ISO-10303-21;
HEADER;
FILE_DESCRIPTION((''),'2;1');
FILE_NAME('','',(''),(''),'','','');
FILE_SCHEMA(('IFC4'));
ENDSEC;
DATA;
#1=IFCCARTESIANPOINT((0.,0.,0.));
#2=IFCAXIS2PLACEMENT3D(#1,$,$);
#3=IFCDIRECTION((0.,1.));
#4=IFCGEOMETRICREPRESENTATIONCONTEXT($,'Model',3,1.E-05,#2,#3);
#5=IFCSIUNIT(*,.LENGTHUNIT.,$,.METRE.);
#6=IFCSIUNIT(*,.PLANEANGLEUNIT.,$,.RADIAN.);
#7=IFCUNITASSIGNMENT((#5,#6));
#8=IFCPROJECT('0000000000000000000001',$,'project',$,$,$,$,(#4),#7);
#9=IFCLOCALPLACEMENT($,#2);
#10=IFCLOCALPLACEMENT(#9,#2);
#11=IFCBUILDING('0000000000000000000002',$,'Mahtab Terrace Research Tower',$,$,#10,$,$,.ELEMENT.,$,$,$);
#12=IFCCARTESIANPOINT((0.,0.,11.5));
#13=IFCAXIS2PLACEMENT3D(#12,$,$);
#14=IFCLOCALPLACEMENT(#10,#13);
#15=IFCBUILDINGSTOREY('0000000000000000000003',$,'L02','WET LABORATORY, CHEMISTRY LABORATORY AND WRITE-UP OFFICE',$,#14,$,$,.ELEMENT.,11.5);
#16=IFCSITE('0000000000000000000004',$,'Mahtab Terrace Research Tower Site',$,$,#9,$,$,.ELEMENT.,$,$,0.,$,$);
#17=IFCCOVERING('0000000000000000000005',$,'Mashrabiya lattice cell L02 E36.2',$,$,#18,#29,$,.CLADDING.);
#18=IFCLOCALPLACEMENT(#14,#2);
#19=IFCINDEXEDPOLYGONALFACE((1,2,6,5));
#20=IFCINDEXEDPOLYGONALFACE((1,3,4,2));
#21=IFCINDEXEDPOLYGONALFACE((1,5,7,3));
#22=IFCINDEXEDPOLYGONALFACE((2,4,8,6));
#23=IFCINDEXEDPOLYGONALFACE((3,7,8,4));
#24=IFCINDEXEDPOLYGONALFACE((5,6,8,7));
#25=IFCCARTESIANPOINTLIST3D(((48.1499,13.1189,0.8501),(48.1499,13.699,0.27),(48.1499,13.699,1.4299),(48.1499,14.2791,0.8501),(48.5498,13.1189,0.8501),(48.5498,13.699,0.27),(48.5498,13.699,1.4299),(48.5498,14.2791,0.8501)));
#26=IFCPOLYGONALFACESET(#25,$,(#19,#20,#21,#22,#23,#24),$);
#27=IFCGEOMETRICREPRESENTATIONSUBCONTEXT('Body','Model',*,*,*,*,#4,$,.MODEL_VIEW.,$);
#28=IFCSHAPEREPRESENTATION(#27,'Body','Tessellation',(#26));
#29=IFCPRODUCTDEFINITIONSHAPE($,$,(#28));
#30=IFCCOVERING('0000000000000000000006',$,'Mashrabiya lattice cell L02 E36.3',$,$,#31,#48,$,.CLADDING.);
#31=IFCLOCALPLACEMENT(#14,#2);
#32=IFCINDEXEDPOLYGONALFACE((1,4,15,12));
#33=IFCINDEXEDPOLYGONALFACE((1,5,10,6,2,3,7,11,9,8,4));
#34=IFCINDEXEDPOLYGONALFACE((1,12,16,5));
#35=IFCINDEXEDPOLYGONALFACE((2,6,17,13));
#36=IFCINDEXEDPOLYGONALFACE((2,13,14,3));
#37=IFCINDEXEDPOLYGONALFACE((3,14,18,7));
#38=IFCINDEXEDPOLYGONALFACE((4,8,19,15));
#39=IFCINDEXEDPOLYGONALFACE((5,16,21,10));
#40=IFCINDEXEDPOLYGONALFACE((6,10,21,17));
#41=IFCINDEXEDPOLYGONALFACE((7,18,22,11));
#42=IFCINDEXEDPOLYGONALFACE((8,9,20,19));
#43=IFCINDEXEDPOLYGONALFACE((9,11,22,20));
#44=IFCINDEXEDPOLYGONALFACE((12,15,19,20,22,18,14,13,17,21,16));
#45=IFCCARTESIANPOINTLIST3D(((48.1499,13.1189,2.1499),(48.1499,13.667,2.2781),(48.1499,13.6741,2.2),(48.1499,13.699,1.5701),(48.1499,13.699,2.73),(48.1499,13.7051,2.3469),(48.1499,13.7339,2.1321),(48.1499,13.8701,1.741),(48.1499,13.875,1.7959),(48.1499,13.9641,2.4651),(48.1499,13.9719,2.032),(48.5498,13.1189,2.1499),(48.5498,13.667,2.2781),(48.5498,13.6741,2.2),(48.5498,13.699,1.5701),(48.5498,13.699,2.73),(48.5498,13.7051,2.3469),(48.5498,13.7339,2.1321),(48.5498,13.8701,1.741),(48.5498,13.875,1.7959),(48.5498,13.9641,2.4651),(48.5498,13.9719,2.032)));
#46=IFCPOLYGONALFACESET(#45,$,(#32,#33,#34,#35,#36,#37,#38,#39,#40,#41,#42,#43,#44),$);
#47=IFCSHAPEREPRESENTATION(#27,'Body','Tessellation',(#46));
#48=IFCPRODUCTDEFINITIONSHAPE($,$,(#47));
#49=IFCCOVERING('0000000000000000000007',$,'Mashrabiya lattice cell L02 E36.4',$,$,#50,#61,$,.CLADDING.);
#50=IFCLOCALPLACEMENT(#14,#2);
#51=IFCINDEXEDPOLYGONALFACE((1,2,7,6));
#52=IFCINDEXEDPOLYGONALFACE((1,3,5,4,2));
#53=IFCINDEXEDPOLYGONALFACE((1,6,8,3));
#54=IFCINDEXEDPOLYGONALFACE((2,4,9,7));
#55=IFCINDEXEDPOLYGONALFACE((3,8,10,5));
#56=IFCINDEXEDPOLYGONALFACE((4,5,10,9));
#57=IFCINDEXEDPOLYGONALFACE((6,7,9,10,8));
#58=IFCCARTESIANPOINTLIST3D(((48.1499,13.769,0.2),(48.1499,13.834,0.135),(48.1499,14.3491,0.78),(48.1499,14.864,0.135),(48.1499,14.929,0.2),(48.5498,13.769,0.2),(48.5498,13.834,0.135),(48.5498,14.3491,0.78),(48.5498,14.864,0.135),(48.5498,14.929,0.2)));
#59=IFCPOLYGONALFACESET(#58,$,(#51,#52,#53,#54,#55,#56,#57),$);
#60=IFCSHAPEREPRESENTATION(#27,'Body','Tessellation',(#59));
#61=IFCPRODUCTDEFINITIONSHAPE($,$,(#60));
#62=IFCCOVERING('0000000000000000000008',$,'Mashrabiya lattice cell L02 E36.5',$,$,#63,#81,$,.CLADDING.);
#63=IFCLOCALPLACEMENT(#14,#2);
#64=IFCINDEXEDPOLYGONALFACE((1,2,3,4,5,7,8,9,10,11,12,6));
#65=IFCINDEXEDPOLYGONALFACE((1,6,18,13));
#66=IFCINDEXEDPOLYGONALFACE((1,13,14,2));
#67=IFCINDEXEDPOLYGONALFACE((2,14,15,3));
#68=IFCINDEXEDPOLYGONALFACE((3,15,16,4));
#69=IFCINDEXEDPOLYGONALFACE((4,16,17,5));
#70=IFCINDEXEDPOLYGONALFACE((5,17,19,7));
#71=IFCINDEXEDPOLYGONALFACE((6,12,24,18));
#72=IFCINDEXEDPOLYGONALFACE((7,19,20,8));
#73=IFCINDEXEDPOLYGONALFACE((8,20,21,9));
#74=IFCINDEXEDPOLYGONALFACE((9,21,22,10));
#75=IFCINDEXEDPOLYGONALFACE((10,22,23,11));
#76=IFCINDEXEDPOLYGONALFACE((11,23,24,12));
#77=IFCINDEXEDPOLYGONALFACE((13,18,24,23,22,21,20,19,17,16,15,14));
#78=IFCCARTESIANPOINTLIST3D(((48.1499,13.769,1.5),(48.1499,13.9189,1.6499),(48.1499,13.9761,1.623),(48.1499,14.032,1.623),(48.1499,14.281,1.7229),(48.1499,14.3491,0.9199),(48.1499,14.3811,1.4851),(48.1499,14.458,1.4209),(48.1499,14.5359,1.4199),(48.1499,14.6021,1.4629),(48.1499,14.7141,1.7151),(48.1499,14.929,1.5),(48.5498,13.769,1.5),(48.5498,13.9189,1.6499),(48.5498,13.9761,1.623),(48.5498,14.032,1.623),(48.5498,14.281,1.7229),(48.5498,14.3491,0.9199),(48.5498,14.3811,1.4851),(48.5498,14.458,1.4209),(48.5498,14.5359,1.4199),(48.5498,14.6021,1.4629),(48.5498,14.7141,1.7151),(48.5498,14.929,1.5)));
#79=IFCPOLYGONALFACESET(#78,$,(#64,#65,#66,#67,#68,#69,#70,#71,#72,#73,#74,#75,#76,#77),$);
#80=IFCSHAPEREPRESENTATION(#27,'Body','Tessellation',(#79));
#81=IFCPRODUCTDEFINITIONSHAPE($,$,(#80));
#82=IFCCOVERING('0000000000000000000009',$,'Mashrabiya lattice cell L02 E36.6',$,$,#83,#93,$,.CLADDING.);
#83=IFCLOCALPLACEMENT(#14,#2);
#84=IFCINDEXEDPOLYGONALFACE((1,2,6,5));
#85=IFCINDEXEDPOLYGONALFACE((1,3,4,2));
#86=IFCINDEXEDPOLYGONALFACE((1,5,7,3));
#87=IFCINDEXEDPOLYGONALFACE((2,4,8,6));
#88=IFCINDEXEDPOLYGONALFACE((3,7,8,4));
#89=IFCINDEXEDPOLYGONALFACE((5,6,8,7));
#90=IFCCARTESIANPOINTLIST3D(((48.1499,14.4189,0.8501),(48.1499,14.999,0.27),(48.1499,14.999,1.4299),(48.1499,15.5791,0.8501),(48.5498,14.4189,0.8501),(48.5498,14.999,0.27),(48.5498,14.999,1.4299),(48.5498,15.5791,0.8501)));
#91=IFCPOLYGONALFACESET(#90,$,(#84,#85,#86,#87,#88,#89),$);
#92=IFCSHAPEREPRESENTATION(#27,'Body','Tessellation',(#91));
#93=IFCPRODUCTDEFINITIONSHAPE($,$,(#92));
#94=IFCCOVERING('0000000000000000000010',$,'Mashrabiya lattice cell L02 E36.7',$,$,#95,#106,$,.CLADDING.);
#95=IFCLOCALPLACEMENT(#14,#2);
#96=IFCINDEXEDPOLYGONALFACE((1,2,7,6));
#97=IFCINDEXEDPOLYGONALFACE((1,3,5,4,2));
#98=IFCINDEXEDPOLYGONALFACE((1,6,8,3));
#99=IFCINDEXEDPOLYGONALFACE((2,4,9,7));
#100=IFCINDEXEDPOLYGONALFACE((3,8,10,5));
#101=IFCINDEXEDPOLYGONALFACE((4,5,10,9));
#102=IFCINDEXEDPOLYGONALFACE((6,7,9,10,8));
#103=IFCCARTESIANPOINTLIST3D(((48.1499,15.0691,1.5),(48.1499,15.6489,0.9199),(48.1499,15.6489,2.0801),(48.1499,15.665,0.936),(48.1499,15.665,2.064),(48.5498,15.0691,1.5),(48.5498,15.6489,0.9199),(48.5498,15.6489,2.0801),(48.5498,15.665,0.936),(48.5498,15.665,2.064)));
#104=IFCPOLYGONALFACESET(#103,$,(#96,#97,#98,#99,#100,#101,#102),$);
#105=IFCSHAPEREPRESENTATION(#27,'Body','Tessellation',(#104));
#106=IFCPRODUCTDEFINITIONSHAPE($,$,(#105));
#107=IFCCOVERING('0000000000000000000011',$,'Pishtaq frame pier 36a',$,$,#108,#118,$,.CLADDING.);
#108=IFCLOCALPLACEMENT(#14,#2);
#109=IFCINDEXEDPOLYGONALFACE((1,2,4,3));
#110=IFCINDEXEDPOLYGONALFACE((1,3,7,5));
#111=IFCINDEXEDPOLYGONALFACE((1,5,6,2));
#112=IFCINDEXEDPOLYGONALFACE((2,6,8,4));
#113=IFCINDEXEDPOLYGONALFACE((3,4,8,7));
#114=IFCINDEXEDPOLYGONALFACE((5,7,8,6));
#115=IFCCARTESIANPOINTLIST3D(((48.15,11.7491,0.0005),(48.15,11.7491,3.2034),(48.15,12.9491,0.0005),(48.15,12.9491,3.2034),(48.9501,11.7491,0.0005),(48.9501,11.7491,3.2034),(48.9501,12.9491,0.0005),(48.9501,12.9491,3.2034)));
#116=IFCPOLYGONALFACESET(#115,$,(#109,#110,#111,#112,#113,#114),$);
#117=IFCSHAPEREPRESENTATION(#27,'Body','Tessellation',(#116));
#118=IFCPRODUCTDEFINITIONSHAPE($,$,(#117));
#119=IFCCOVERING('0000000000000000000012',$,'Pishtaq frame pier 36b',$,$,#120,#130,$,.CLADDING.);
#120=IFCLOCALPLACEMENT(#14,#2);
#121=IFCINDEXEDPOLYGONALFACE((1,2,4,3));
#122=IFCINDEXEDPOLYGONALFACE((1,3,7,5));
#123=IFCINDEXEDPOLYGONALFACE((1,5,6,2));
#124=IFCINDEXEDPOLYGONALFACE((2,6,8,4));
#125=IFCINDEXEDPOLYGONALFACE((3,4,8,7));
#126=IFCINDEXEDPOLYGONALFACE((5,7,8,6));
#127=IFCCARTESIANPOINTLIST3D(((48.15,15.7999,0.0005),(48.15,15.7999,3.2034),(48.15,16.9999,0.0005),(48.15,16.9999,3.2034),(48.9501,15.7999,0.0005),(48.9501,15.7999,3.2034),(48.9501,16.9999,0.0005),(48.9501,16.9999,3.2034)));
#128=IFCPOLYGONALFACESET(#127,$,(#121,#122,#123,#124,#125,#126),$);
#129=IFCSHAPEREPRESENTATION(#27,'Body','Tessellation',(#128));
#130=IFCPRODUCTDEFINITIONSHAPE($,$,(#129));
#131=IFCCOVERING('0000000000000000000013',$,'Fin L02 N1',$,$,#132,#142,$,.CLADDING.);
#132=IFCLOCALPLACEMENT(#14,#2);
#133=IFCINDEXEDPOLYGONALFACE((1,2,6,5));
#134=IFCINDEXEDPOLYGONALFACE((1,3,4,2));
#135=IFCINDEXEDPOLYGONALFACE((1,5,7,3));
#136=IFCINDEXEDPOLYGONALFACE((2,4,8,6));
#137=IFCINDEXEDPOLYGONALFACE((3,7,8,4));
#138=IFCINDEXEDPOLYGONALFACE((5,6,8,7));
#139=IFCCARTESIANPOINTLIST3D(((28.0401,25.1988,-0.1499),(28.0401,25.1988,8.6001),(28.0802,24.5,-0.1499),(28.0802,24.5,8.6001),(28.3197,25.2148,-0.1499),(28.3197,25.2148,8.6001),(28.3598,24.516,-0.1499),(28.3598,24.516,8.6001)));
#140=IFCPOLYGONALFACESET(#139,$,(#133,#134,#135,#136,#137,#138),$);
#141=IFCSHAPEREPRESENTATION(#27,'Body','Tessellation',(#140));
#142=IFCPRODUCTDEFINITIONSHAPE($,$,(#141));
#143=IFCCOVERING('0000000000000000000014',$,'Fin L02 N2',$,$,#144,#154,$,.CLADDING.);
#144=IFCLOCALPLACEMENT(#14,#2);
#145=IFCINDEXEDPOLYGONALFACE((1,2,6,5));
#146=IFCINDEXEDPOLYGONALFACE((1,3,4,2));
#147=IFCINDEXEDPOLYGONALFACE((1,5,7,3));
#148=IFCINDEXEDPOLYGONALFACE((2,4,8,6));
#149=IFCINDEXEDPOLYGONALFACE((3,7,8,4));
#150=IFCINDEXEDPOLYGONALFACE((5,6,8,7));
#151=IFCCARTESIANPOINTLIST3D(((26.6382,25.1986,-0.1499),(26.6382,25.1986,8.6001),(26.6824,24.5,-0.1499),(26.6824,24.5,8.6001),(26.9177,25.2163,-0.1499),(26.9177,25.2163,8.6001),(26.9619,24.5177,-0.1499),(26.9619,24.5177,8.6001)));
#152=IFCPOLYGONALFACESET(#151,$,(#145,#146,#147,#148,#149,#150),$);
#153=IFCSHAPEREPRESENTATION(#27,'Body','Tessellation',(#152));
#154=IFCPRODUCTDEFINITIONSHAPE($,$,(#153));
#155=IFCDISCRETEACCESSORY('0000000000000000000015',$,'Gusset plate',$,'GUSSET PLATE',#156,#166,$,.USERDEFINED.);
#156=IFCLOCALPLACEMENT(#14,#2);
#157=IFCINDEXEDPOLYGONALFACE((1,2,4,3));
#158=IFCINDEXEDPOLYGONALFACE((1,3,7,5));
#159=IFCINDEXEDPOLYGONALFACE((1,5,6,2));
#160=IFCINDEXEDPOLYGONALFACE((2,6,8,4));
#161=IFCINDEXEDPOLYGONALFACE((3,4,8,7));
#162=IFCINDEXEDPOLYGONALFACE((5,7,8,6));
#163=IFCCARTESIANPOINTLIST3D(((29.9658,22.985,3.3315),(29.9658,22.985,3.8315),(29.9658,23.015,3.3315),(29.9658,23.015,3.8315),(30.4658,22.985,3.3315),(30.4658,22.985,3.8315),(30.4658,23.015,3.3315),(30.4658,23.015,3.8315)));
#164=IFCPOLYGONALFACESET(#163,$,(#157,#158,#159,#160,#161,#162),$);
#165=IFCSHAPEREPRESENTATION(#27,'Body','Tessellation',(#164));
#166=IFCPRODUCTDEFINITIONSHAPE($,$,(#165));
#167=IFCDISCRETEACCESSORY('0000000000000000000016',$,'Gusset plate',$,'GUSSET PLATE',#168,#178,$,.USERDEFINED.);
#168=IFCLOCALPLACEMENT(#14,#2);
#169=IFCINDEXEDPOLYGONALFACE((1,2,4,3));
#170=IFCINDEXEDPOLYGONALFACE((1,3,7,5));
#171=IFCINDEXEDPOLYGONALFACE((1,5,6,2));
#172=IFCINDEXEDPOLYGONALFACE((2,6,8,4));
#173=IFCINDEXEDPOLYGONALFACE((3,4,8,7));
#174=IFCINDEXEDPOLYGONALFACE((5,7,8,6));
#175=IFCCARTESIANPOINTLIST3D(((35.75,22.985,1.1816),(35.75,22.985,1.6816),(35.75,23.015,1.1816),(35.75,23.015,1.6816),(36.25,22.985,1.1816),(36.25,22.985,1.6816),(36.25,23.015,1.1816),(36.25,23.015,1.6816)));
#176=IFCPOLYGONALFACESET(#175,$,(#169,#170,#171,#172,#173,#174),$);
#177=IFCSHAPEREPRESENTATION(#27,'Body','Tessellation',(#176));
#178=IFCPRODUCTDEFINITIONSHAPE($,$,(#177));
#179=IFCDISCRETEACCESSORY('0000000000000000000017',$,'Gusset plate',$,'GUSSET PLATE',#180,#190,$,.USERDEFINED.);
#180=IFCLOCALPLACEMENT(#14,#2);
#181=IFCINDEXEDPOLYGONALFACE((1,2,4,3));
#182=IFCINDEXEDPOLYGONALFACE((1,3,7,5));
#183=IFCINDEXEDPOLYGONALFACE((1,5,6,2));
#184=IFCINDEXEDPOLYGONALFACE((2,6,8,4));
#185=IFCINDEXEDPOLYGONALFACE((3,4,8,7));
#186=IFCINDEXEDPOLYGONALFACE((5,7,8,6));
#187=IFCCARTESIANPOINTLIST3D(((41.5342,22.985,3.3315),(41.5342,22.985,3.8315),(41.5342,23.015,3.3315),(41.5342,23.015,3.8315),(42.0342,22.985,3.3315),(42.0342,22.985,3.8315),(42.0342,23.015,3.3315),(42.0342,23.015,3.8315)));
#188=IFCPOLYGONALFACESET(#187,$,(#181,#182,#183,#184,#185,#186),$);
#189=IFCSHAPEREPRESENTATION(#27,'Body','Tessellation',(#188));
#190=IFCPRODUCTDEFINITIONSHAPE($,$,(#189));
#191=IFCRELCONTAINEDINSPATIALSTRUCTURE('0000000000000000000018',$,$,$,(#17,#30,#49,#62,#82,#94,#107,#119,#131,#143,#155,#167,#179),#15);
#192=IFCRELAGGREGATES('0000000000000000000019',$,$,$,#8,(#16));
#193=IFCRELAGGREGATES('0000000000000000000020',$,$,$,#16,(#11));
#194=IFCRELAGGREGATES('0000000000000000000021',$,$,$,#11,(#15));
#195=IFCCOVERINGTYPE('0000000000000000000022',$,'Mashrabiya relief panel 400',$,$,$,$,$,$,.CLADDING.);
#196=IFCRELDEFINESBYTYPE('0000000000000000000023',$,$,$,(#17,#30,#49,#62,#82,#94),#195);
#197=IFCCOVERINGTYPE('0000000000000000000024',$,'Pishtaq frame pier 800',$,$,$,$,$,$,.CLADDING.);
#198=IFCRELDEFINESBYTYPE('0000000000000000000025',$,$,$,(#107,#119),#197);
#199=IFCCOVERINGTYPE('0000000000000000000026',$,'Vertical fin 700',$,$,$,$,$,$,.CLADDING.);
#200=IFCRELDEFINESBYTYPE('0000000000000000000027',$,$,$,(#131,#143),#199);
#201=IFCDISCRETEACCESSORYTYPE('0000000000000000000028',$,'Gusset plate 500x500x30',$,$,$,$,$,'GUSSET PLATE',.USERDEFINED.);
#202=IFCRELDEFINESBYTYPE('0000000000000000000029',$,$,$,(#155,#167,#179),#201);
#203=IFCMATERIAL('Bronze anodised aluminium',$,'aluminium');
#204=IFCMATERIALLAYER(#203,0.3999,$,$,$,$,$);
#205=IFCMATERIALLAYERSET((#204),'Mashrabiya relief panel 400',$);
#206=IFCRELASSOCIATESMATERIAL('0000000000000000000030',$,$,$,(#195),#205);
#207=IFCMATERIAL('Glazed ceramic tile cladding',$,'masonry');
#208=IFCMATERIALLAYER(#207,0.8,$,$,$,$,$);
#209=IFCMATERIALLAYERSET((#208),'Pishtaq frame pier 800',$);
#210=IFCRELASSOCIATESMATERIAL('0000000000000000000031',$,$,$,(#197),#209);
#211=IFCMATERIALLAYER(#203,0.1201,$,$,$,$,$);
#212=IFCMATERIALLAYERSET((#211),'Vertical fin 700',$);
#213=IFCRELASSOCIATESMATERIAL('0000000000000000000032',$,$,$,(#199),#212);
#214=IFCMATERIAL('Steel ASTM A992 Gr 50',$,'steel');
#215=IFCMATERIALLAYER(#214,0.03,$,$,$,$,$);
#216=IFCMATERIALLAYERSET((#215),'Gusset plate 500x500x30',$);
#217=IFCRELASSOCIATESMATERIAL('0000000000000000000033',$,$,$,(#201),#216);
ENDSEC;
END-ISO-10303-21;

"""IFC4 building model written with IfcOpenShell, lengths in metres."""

from ifc_helpers import new_model, si_unit, direction, frame, origin, origin_2d, place, context, subcontext, project, spatial, polyline, rectangle, outline, extrude, material, layer, layer_set, type_object, element, save


model = new_model("IFC4")

# Units and contexts
model_context = context("Model", 3, precision=1e-05, world=origin(), true_north=direction((0.0, 1.0)))
body_context = subcontext(model_context, "Body", "Model", "MODEL_VIEW")
ifc_project = project(units=[si_unit("LENGTHUNIT", "METRE"), si_unit("PLANEANGLEUNIT", "RADIAN")], contexts=[model_context])

# Site, building, storey
site_placement = place(None, origin())
site = spatial("IfcSite", under=ifc_project, at=site_placement, Name="Mahtab Terrace Research Tower Site", CompositionType="ELEMENT", RefElevation=0.0)
building_placement = place(site_placement, origin())
building = spatial("IfcBuilding", under=site, at=building_placement, Name="Mahtab Terrace Research Tower", CompositionType="ELEMENT")
storey_placement = place(building_placement, frame((0.0, 0.0, 11.5)))
storey = spatial("IfcBuildingStorey", under=building, at=storey_placement, Name="L02", Description="WET LABORATORY, CHEMISTRY LABORATORY AND WRITE-UP OFFICE", CompositionType="ELEMENT", Elevation=11.5)

# Shared definitions
ifc_material_1 = material(Name="Steel ASTM A992 Gr 50", Category="steel")

# Coverings
ifc_material_2 = material(Name="Bronze anodised aluminium", Category="aluminium")
ifc_layer_1 = layer(ifc_material_2, 0.3999)
ifc_layer_set_1 = layer_set([ifc_layer_1], Name="Mashrabiya relief panel 400")
covering_type_1 = type_object("IfcCoveringType", Name="Mashrabiya relief panel 400", PredefinedType="CLADDING", material=ifc_layer_set_1)
covering_1_placement = place(storey_placement, frame((48.1499, 13.699, 1.4299), z_axis=(-1.0, 0.0, 0.0), x_axis=(0.0, 0.707256, -0.706958)))
element("IfcCovering", 1, at=covering_1_placement, inside=storey, type_object=covering_type_1, Name="Mashrabiya lattice cell L02 E36.2", PredefinedType="CLADDING", context=body_context, shape_type="SweptSolid", body=[
    extrude(outline(polyline([(0.0, 0.0), (0.8202, 0.0), (0.82, 0.8204), (-0.0003, 0.8202), (0.0, 0.0)])), origin(), (0.0, 0.0, -1.0), 0.3999),
])
covering_2_placement = place(storey_placement, frame((48.1499, 13.699, 1.5701), z_axis=(-1.0, 0.0, 0.0), x_axis=(0.0, -0.707256, 0.706958)))
element("IfcCovering", 2, at=covering_2_placement, inside=storey, type_object=covering_type_1, Name="Mashrabiya lattice cell L02 E36.3", PredefinedType="CLADDING", context=body_context, shape_type="SweptSolid", body=[
    extrude(outline(polyline([(0.0, 0.0), (0.8202, 0.0), (0.82, 0.8204), (0.4452, 0.8204), (0.5449, 0.5538), (0.5232, 0.4781), (0.4629, 0.4279), (0.3726, 0.4222), (0.1335, 0.5197), (0.0352, 0.2842), (-0.0002, 0.2419), (0.0, 0.0)])), origin(), (0.0, 0.0, -1.0), 0.3999),
])
covering_3_placement = place(storey_placement, frame((48.1499, 13.769, 0.2), z_axis=(-1.0, 0.0, 0.0), x_axis=(0.0, 0.707107, 0.707107)))
element("IfcCovering", 3, at=covering_3_placement, inside=storey, type_object=covering_type_1, Name="Mashrabiya lattice cell L02 E36.4", PredefinedType="CLADDING", context=body_context, shape_type="SweptSolid", body=[
    extrude(outline(polyline([(0.0, 0.0), (0.8204, 0.0), (0.8202, 0.8202), (0.7283, 0.8202), (0.0, 0.0918), (0.0, 0.0)])), origin(), (0.0, 0.0, -1.0), 0.3999),
])
covering_4_placement = place(storey_placement, frame((48.1499, 14.929, 1.5), z_axis=(-1.0, 0.0, 0.0), x_axis=(0.0, -0.706958, -0.707256)))
element("IfcCovering", 4, at=covering_4_placement, inside=storey, type_object=covering_type_1, Name="Mashrabiya lattice cell L02 E36.5", PredefinedType="CLADDING", context=body_context, shape_type="SweptSolid", body=[
    extrude(outline(polyline([(0.0, 0.0), (0.8202, 0.0), (0.82, 0.8204), (0.608, 0.8203), (0.5866, 0.7609), (0.5471, 0.7214), (0.3004, 0.6158), (0.3978, 0.3769), (0.3889, 0.2772), (0.3345, 0.2214), (0.2574, 0.205), (-0.0002, 0.304), (0.0, 0.0)])), origin(), (0.0, 0.0, -1.0), 0.3999),
])
covering_5_placement = place(storey_placement, frame((48.1499, 14.999, 1.4299), z_axis=(-1.0, 0.0, 0.0), x_axis=(0.0, 0.707256, -0.706958)))
element("IfcCovering", 5, at=covering_5_placement, inside=storey, type_object=covering_type_1, Name="Mashrabiya lattice cell L02 E36.6", PredefinedType="CLADDING", context=body_context, shape_type="SweptSolid", body=[
    extrude(outline(polyline([(0.0, 0.0), (0.8202, 0.0), (0.82, 0.8204), (-0.0003, 0.8202), (0.0, 0.0)])), origin(), (0.0, 0.0, -1.0), 0.3999),
])
covering_6_placement = place(storey_placement, frame((48.1499, 15.6489, 0.9199), z_axis=(-1.0, 0.0, 0.0), x_axis=(0.0, -0.706958, 0.707256)))
element("IfcCovering", 6, at=covering_6_placement, inside=storey, type_object=covering_type_1, Name="Mashrabiya lattice cell L02 E36.7", PredefinedType="CLADDING", context=body_context, shape_type="SweptSolid", body=[
    extrude(outline(polyline([(0.0, 0.0), (0.8202, 0.0), (0.8205, 0.8202), (0.7977, 0.8202), (0.0, 0.0228), (0.0, 0.0)])), origin(), (0.0, 0.0, -1.0), 0.3999),
])
ifc_material_3 = material(Name="Glazed ceramic tile cladding", Category="masonry")
ifc_layer_2 = layer(ifc_material_3, 0.8)
ifc_layer_set_2 = layer_set([ifc_layer_2], Name="Pishtaq frame pier 800")
covering_type_2 = type_object("IfcCoveringType", Name="Pishtaq frame pier 800", PredefinedType="CLADDING", material=ifc_layer_set_2)
for number, where, z_axis, x_axis, name in (
    (7, (48.55, 12.3491, 0.0005), (0.0, 0.0, 1.0), (0.0, 1.0, 0.0), "Pishtaq frame pier 36a"),
    (8, (48.55, 16.3999, 0.0005), (0.0, 0.0, 1.0), (0.0, 1.0, 0.0), "Pishtaq frame pier 36b"),
):
    element("IfcCovering", number, at=place(storey_placement, frame(where, z_axis=z_axis, x_axis=x_axis)), inside=storey, type_object=covering_type_2, Name=name, PredefinedType="CLADDING", context=body_context, shape_type="SweptSolid", body=[
        extrude(rectangle(XDim=1.2, YDim=0.8, at=origin_2d()), origin(), (0.0, 0.0, 1.0), 3.2029),
    ])
ifc_layer_3 = layer(ifc_material_2, 0.1201)
ifc_layer_set_3 = layer_set([ifc_layer_3], Name="Vertical fin 700")
covering_type_3 = type_object("IfcCoveringType", Name="Vertical fin 700", PredefinedType="CLADDING", material=ifc_layer_set_3)
for number, where, z_axis, x_axis, name in (
    (9, (28.2, 24.8574, -0.1499), (0.0, 0.0, 1.0), (-0.998356, -0.057315, 0.0), "Fin L02 N1"),
    (10, (26.8, 24.8582, -0.1499), (0.0, 0.0, 1.0), (-0.998006, -0.063122, 0.0), "Fin L02 N2"),
):
    element("IfcCovering", number, at=place(storey_placement, frame(where, z_axis=z_axis, x_axis=x_axis)), inside=storey, type_object=covering_type_3, Name=name, PredefinedType="CLADDING", context=body_context, shape_type="SweptSolid", body=[
        extrude(rectangle(XDim=0.28, YDim=0.7, at=origin_2d()), origin(), (0.0, 0.0, 1.0), 8.75),
    ])

# Discrete accessories
ifc_layer_4 = layer(ifc_material_1, 0.03)
ifc_layer_set_4 = layer_set([ifc_layer_4], Name="Gusset plate 500x500x30")
discrete_accessory_type = type_object("IfcDiscreteAccessoryType", Name="Gusset plate 500x500x30", ElementType="GUSSET PLATE", PredefinedType="USERDEFINED", material=ifc_layer_set_4)
for number, where, z_axis, x_axis, name in (
    (11, (30.2158, 23.0, 3.3315), (0.0, 0.0, 1.0), (1.0, 0.0, 0.0), "Gusset plate"),
    (12, (36.0, 23.0, 1.1816), (0.0, 0.0, 1.0), (1.0, 0.0, 0.0), "Gusset plate"),
    (13, (41.7842, 23.0, 3.3315), (0.0, 0.0, 1.0), (1.0, 0.0, 0.0), "Gusset plate"),
):
    element("IfcDiscreteAccessory", number, at=place(storey_placement, frame(where, z_axis=z_axis, x_axis=x_axis)), inside=storey, type_object=discrete_accessory_type, Name=name, ObjectType="GUSSET PLATE", PredefinedType="USERDEFINED", context=body_context, shape_type="SweptSolid", body=[
        extrude(rectangle(XDim=0.5, YDim=0.03, at=origin_2d()), origin(), (0.0, 0.0, 1.0), 0.5),
    ])

save(model, "model.ifc")
